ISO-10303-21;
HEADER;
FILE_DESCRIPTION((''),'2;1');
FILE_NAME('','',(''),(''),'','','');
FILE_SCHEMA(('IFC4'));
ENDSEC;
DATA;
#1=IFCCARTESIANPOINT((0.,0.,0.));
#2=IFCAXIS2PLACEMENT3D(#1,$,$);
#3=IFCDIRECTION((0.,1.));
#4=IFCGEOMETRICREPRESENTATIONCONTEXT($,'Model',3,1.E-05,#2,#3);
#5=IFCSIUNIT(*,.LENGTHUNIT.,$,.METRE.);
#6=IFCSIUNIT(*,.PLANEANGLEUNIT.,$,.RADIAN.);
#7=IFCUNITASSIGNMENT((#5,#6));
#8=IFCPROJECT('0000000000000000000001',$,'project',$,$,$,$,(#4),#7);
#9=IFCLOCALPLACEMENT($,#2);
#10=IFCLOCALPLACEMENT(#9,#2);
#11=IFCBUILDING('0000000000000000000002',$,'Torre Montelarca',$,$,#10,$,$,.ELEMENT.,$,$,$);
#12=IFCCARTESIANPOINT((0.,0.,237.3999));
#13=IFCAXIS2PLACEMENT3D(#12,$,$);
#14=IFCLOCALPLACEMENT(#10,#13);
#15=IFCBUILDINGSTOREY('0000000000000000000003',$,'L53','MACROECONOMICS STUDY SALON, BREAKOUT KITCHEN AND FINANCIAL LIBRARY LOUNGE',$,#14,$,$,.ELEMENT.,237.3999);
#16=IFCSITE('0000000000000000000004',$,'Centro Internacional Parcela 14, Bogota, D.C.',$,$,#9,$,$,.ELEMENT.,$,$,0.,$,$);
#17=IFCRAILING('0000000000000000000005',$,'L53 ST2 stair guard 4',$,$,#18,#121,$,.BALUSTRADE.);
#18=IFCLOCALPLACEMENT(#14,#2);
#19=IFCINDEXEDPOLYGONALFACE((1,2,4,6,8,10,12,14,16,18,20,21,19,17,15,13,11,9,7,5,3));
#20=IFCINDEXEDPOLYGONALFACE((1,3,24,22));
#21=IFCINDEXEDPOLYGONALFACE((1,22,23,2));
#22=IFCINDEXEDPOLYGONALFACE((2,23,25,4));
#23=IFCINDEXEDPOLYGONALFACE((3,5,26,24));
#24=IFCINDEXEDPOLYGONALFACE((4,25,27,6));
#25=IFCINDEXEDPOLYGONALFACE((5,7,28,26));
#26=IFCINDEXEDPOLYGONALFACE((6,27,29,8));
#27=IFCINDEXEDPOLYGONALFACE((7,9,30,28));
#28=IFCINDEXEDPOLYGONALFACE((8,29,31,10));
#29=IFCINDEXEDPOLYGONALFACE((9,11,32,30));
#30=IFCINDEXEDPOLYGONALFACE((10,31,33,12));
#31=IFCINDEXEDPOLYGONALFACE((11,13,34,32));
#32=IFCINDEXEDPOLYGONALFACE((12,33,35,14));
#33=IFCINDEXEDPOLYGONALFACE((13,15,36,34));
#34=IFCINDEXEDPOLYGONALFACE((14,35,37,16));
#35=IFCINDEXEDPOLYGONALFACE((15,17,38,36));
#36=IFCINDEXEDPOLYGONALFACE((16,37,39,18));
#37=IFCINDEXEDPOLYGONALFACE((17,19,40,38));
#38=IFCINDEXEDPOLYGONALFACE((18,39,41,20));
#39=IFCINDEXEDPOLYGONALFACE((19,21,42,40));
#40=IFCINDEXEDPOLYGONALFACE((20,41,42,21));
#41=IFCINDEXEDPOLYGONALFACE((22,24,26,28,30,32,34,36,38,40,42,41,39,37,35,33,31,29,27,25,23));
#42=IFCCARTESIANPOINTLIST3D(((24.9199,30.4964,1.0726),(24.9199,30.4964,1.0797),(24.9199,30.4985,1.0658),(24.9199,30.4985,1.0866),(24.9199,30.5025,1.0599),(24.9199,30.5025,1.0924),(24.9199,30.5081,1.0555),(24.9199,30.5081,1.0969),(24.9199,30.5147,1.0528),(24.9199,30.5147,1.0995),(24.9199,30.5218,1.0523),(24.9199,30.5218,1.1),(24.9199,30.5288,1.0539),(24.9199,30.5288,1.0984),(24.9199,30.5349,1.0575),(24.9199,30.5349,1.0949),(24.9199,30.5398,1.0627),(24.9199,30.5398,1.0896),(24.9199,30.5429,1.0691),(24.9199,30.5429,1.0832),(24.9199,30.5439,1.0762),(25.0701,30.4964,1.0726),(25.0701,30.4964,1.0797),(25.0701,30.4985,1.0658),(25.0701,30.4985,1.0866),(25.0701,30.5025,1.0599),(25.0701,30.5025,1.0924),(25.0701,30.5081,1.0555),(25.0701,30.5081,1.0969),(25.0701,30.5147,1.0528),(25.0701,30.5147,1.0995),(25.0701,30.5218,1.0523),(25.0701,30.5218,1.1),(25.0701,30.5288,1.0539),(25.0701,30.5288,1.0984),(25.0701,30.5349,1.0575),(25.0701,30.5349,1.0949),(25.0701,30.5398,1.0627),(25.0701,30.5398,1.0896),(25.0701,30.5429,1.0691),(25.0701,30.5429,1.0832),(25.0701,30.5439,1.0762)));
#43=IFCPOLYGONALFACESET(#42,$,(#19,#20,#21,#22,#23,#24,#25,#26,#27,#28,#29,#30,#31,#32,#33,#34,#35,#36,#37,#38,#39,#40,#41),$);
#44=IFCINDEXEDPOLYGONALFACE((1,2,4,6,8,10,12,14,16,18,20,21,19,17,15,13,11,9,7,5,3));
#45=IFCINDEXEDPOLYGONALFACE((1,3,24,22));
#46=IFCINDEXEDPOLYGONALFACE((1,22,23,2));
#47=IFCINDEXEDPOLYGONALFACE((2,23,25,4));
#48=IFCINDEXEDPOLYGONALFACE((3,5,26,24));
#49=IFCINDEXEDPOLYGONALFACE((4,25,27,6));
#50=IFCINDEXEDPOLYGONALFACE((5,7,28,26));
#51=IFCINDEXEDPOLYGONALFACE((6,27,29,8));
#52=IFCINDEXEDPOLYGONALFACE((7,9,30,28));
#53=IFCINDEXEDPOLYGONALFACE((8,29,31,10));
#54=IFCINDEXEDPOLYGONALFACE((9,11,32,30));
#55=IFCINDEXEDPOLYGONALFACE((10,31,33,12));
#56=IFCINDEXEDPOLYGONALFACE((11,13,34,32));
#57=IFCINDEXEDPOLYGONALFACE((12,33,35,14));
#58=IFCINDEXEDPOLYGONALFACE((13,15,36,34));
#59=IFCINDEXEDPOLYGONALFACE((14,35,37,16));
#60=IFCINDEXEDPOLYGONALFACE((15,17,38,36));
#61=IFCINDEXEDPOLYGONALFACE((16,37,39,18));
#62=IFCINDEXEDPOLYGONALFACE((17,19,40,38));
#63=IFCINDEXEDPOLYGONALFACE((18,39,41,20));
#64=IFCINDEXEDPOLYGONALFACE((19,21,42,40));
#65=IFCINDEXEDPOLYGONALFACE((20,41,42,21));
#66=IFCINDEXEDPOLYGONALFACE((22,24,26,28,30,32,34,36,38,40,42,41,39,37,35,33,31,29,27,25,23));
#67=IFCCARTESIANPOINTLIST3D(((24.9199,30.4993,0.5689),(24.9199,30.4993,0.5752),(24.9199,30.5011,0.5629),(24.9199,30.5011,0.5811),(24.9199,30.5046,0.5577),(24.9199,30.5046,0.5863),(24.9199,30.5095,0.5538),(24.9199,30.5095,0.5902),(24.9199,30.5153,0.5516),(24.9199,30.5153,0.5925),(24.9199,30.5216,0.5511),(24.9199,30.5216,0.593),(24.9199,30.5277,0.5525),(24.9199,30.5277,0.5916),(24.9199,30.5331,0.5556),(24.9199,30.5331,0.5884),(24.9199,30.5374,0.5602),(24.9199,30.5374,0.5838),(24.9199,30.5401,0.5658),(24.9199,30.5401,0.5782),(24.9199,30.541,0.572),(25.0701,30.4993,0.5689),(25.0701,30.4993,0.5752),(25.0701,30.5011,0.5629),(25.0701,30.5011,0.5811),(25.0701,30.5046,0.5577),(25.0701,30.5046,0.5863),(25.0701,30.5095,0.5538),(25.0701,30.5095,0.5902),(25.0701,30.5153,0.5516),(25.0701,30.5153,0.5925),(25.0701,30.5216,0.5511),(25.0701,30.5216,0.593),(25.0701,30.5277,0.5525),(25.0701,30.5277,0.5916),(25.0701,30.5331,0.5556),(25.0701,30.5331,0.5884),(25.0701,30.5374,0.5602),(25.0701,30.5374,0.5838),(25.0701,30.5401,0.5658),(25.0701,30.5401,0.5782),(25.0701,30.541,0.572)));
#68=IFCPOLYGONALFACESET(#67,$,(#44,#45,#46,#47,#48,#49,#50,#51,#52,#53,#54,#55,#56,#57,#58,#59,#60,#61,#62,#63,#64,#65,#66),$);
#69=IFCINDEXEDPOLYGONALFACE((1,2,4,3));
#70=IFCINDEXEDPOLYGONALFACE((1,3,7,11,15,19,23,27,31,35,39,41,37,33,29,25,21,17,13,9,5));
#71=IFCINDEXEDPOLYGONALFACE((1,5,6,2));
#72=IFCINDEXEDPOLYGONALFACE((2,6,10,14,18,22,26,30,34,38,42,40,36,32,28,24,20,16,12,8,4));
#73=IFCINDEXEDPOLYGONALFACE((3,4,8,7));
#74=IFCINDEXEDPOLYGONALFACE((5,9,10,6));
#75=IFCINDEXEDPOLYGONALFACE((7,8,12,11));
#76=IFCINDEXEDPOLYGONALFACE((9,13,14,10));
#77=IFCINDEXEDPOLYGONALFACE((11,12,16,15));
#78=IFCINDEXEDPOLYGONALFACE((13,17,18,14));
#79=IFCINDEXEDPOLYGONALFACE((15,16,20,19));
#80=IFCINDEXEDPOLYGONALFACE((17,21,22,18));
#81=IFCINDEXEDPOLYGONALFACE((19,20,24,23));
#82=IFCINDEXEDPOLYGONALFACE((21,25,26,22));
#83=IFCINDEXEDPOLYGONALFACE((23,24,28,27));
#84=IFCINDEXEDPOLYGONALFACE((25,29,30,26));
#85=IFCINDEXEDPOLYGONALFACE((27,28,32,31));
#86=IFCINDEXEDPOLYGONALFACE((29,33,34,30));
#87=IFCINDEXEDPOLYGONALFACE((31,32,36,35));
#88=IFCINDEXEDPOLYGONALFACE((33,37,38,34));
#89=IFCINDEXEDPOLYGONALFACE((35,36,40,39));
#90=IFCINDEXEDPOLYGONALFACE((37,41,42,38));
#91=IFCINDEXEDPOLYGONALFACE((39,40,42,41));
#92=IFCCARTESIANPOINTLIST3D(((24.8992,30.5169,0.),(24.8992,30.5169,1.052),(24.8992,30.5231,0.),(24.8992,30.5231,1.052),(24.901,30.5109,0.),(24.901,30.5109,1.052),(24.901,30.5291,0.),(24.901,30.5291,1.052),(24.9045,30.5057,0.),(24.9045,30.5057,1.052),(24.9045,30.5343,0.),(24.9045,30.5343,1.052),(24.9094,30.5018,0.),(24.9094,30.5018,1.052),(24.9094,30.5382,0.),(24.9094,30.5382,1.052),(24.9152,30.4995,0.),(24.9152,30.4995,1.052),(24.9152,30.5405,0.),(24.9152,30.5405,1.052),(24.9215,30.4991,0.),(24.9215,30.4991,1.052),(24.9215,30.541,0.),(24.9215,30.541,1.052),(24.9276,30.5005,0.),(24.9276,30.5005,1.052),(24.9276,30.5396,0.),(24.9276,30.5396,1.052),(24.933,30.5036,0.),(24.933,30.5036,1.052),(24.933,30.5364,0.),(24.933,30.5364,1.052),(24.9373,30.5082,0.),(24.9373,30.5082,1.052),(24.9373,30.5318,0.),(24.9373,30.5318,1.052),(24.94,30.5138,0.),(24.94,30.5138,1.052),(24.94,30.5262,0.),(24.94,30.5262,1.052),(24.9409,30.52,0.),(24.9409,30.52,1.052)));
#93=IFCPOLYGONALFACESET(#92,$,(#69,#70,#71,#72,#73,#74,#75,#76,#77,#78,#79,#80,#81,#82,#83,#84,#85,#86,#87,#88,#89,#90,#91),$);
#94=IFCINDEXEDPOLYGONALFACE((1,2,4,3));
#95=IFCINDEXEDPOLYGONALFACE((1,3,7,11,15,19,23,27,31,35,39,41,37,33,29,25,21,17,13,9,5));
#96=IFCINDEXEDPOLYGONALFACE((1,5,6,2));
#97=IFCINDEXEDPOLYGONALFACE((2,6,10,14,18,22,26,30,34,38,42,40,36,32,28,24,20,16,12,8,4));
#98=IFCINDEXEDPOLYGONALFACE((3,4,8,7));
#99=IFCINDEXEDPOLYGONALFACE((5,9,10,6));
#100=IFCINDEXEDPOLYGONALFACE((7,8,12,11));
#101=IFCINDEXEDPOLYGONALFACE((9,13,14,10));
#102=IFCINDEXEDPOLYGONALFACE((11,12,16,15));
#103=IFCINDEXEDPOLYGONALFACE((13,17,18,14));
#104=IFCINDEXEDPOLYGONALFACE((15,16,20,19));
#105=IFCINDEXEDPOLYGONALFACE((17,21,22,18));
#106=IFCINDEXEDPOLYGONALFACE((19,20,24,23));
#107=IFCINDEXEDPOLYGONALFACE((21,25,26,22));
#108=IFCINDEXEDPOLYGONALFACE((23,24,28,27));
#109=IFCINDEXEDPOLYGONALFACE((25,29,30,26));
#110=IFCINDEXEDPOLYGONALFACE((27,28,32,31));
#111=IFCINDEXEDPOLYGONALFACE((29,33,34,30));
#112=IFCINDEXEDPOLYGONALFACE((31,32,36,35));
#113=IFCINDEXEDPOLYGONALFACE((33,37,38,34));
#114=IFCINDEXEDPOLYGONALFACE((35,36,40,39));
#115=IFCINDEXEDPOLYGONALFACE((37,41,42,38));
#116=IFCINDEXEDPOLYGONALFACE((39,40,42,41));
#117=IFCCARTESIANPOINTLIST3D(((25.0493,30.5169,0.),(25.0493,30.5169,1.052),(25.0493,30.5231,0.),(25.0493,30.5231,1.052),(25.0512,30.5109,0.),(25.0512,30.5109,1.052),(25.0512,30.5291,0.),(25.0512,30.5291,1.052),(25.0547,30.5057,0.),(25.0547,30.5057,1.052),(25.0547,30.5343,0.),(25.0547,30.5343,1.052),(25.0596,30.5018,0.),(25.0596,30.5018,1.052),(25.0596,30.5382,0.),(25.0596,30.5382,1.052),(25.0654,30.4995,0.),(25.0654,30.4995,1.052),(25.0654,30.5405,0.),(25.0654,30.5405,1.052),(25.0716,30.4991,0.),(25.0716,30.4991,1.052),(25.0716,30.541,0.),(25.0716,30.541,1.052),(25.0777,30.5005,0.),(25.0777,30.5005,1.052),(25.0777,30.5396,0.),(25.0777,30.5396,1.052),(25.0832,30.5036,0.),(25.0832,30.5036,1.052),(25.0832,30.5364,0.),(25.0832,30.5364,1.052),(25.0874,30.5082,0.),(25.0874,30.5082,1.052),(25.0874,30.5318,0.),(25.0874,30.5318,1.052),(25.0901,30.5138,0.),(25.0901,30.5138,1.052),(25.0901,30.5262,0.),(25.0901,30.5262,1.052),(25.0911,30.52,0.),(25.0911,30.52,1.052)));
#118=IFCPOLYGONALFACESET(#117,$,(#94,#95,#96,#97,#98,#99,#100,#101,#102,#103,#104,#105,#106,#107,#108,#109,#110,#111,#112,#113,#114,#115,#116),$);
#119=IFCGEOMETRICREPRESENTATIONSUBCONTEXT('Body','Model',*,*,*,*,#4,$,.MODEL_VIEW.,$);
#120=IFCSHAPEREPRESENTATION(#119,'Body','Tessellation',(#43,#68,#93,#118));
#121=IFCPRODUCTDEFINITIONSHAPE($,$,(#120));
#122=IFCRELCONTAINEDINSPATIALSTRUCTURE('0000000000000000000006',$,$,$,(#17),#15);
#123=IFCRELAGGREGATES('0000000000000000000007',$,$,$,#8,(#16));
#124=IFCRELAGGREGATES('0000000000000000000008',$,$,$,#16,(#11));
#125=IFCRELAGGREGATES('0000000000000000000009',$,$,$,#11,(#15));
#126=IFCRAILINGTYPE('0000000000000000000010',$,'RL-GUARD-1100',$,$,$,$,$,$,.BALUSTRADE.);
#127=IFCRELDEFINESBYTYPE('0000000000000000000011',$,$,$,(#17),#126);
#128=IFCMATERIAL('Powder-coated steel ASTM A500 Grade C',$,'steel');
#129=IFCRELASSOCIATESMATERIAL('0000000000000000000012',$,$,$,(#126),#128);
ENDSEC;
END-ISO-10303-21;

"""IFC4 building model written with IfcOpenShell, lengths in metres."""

from ifc_helpers import new_model, si_unit, direction, frame, origin, origin_2d, place, context, subcontext, project, spatial, circle, extrude, material, type_object, element, save


model = new_model("IFC4")

# Units and contexts
model_context = context("Model", 3, precision=1e-05, world=origin(), true_north=direction((0.0, 1.0)))
body_context = subcontext(model_context, "Body", "Model", "MODEL_VIEW")
ifc_project = project(units=[si_unit("LENGTHUNIT", "METRE"), si_unit("PLANEANGLEUNIT", "RADIAN")], contexts=[model_context])

# Site, building, storey
site_placement = place(None, origin())
site = spatial("IfcSite", under=ifc_project, at=site_placement, Name="Centro Internacional Parcela 14, Bogota, D.C.", CompositionType="ELEMENT", RefElevation=0.0)
building_placement = place(site_placement, origin())
building = spatial("IfcBuilding", under=site, at=building_placement, Name="Torre Montelarca", CompositionType="ELEMENT")
storey_placement = place(building_placement, frame((0.0, 0.0, 237.3999)))
storey = spatial("IfcBuildingStorey", under=building, at=storey_placement, Name="L53", Description="MACROECONOMICS STUDY SALON, BREAKOUT KITCHEN AND FINANCIAL LIBRARY LOUNGE", CompositionType="ELEMENT", Elevation=237.3999)

# Railing
ifc_material_1 = material(Name="Powder-coated steel ASTM A500 Grade C", Category="steel")
railing_type_1 = type_object("IfcRailingType", Name="RL-GUARD-1100", PredefinedType="BALUSTRADE", material=ifc_material_1)
railing_1_placement = place(storey_placement, frame((24.9199, 30.52, 0.0)))
element("IfcRailing", 1, at=railing_1_placement, inside=storey, type_object=railing_type_1, Name="L53 ST2 stair guard 4", PredefinedType="BALUSTRADE", context=body_context, shape_type="SweptSolid", body=[
    extrude(circle(Radius=0.0239, at=origin_2d()), frame((0.0, 0.0, 1.0762), z_axis=(1.0, 0.0, 0.0), x_axis=(0.0, 1.0, 0.0)), (0.0, 0.0, 1.0), 0.1501),
    extrude(circle(Radius=0.021, at=origin_2d()), frame((0.0, 0.0, 0.572), z_axis=(1.0, 0.0, 0.0), x_axis=(0.0, 1.0, 0.0)), (0.0, 0.0, 1.0), 0.1501),
    extrude(circle(Radius=0.021, at=origin_2d()), origin(), (0.0, 0.0, 1.0), 1.052),
    extrude(circle(Radius=0.021, at=origin_2d()), frame((0.1501, 0.0, 0.0)), (0.0, 0.0, 1.0), 1.052),
])

save(model, "model.ifc")
